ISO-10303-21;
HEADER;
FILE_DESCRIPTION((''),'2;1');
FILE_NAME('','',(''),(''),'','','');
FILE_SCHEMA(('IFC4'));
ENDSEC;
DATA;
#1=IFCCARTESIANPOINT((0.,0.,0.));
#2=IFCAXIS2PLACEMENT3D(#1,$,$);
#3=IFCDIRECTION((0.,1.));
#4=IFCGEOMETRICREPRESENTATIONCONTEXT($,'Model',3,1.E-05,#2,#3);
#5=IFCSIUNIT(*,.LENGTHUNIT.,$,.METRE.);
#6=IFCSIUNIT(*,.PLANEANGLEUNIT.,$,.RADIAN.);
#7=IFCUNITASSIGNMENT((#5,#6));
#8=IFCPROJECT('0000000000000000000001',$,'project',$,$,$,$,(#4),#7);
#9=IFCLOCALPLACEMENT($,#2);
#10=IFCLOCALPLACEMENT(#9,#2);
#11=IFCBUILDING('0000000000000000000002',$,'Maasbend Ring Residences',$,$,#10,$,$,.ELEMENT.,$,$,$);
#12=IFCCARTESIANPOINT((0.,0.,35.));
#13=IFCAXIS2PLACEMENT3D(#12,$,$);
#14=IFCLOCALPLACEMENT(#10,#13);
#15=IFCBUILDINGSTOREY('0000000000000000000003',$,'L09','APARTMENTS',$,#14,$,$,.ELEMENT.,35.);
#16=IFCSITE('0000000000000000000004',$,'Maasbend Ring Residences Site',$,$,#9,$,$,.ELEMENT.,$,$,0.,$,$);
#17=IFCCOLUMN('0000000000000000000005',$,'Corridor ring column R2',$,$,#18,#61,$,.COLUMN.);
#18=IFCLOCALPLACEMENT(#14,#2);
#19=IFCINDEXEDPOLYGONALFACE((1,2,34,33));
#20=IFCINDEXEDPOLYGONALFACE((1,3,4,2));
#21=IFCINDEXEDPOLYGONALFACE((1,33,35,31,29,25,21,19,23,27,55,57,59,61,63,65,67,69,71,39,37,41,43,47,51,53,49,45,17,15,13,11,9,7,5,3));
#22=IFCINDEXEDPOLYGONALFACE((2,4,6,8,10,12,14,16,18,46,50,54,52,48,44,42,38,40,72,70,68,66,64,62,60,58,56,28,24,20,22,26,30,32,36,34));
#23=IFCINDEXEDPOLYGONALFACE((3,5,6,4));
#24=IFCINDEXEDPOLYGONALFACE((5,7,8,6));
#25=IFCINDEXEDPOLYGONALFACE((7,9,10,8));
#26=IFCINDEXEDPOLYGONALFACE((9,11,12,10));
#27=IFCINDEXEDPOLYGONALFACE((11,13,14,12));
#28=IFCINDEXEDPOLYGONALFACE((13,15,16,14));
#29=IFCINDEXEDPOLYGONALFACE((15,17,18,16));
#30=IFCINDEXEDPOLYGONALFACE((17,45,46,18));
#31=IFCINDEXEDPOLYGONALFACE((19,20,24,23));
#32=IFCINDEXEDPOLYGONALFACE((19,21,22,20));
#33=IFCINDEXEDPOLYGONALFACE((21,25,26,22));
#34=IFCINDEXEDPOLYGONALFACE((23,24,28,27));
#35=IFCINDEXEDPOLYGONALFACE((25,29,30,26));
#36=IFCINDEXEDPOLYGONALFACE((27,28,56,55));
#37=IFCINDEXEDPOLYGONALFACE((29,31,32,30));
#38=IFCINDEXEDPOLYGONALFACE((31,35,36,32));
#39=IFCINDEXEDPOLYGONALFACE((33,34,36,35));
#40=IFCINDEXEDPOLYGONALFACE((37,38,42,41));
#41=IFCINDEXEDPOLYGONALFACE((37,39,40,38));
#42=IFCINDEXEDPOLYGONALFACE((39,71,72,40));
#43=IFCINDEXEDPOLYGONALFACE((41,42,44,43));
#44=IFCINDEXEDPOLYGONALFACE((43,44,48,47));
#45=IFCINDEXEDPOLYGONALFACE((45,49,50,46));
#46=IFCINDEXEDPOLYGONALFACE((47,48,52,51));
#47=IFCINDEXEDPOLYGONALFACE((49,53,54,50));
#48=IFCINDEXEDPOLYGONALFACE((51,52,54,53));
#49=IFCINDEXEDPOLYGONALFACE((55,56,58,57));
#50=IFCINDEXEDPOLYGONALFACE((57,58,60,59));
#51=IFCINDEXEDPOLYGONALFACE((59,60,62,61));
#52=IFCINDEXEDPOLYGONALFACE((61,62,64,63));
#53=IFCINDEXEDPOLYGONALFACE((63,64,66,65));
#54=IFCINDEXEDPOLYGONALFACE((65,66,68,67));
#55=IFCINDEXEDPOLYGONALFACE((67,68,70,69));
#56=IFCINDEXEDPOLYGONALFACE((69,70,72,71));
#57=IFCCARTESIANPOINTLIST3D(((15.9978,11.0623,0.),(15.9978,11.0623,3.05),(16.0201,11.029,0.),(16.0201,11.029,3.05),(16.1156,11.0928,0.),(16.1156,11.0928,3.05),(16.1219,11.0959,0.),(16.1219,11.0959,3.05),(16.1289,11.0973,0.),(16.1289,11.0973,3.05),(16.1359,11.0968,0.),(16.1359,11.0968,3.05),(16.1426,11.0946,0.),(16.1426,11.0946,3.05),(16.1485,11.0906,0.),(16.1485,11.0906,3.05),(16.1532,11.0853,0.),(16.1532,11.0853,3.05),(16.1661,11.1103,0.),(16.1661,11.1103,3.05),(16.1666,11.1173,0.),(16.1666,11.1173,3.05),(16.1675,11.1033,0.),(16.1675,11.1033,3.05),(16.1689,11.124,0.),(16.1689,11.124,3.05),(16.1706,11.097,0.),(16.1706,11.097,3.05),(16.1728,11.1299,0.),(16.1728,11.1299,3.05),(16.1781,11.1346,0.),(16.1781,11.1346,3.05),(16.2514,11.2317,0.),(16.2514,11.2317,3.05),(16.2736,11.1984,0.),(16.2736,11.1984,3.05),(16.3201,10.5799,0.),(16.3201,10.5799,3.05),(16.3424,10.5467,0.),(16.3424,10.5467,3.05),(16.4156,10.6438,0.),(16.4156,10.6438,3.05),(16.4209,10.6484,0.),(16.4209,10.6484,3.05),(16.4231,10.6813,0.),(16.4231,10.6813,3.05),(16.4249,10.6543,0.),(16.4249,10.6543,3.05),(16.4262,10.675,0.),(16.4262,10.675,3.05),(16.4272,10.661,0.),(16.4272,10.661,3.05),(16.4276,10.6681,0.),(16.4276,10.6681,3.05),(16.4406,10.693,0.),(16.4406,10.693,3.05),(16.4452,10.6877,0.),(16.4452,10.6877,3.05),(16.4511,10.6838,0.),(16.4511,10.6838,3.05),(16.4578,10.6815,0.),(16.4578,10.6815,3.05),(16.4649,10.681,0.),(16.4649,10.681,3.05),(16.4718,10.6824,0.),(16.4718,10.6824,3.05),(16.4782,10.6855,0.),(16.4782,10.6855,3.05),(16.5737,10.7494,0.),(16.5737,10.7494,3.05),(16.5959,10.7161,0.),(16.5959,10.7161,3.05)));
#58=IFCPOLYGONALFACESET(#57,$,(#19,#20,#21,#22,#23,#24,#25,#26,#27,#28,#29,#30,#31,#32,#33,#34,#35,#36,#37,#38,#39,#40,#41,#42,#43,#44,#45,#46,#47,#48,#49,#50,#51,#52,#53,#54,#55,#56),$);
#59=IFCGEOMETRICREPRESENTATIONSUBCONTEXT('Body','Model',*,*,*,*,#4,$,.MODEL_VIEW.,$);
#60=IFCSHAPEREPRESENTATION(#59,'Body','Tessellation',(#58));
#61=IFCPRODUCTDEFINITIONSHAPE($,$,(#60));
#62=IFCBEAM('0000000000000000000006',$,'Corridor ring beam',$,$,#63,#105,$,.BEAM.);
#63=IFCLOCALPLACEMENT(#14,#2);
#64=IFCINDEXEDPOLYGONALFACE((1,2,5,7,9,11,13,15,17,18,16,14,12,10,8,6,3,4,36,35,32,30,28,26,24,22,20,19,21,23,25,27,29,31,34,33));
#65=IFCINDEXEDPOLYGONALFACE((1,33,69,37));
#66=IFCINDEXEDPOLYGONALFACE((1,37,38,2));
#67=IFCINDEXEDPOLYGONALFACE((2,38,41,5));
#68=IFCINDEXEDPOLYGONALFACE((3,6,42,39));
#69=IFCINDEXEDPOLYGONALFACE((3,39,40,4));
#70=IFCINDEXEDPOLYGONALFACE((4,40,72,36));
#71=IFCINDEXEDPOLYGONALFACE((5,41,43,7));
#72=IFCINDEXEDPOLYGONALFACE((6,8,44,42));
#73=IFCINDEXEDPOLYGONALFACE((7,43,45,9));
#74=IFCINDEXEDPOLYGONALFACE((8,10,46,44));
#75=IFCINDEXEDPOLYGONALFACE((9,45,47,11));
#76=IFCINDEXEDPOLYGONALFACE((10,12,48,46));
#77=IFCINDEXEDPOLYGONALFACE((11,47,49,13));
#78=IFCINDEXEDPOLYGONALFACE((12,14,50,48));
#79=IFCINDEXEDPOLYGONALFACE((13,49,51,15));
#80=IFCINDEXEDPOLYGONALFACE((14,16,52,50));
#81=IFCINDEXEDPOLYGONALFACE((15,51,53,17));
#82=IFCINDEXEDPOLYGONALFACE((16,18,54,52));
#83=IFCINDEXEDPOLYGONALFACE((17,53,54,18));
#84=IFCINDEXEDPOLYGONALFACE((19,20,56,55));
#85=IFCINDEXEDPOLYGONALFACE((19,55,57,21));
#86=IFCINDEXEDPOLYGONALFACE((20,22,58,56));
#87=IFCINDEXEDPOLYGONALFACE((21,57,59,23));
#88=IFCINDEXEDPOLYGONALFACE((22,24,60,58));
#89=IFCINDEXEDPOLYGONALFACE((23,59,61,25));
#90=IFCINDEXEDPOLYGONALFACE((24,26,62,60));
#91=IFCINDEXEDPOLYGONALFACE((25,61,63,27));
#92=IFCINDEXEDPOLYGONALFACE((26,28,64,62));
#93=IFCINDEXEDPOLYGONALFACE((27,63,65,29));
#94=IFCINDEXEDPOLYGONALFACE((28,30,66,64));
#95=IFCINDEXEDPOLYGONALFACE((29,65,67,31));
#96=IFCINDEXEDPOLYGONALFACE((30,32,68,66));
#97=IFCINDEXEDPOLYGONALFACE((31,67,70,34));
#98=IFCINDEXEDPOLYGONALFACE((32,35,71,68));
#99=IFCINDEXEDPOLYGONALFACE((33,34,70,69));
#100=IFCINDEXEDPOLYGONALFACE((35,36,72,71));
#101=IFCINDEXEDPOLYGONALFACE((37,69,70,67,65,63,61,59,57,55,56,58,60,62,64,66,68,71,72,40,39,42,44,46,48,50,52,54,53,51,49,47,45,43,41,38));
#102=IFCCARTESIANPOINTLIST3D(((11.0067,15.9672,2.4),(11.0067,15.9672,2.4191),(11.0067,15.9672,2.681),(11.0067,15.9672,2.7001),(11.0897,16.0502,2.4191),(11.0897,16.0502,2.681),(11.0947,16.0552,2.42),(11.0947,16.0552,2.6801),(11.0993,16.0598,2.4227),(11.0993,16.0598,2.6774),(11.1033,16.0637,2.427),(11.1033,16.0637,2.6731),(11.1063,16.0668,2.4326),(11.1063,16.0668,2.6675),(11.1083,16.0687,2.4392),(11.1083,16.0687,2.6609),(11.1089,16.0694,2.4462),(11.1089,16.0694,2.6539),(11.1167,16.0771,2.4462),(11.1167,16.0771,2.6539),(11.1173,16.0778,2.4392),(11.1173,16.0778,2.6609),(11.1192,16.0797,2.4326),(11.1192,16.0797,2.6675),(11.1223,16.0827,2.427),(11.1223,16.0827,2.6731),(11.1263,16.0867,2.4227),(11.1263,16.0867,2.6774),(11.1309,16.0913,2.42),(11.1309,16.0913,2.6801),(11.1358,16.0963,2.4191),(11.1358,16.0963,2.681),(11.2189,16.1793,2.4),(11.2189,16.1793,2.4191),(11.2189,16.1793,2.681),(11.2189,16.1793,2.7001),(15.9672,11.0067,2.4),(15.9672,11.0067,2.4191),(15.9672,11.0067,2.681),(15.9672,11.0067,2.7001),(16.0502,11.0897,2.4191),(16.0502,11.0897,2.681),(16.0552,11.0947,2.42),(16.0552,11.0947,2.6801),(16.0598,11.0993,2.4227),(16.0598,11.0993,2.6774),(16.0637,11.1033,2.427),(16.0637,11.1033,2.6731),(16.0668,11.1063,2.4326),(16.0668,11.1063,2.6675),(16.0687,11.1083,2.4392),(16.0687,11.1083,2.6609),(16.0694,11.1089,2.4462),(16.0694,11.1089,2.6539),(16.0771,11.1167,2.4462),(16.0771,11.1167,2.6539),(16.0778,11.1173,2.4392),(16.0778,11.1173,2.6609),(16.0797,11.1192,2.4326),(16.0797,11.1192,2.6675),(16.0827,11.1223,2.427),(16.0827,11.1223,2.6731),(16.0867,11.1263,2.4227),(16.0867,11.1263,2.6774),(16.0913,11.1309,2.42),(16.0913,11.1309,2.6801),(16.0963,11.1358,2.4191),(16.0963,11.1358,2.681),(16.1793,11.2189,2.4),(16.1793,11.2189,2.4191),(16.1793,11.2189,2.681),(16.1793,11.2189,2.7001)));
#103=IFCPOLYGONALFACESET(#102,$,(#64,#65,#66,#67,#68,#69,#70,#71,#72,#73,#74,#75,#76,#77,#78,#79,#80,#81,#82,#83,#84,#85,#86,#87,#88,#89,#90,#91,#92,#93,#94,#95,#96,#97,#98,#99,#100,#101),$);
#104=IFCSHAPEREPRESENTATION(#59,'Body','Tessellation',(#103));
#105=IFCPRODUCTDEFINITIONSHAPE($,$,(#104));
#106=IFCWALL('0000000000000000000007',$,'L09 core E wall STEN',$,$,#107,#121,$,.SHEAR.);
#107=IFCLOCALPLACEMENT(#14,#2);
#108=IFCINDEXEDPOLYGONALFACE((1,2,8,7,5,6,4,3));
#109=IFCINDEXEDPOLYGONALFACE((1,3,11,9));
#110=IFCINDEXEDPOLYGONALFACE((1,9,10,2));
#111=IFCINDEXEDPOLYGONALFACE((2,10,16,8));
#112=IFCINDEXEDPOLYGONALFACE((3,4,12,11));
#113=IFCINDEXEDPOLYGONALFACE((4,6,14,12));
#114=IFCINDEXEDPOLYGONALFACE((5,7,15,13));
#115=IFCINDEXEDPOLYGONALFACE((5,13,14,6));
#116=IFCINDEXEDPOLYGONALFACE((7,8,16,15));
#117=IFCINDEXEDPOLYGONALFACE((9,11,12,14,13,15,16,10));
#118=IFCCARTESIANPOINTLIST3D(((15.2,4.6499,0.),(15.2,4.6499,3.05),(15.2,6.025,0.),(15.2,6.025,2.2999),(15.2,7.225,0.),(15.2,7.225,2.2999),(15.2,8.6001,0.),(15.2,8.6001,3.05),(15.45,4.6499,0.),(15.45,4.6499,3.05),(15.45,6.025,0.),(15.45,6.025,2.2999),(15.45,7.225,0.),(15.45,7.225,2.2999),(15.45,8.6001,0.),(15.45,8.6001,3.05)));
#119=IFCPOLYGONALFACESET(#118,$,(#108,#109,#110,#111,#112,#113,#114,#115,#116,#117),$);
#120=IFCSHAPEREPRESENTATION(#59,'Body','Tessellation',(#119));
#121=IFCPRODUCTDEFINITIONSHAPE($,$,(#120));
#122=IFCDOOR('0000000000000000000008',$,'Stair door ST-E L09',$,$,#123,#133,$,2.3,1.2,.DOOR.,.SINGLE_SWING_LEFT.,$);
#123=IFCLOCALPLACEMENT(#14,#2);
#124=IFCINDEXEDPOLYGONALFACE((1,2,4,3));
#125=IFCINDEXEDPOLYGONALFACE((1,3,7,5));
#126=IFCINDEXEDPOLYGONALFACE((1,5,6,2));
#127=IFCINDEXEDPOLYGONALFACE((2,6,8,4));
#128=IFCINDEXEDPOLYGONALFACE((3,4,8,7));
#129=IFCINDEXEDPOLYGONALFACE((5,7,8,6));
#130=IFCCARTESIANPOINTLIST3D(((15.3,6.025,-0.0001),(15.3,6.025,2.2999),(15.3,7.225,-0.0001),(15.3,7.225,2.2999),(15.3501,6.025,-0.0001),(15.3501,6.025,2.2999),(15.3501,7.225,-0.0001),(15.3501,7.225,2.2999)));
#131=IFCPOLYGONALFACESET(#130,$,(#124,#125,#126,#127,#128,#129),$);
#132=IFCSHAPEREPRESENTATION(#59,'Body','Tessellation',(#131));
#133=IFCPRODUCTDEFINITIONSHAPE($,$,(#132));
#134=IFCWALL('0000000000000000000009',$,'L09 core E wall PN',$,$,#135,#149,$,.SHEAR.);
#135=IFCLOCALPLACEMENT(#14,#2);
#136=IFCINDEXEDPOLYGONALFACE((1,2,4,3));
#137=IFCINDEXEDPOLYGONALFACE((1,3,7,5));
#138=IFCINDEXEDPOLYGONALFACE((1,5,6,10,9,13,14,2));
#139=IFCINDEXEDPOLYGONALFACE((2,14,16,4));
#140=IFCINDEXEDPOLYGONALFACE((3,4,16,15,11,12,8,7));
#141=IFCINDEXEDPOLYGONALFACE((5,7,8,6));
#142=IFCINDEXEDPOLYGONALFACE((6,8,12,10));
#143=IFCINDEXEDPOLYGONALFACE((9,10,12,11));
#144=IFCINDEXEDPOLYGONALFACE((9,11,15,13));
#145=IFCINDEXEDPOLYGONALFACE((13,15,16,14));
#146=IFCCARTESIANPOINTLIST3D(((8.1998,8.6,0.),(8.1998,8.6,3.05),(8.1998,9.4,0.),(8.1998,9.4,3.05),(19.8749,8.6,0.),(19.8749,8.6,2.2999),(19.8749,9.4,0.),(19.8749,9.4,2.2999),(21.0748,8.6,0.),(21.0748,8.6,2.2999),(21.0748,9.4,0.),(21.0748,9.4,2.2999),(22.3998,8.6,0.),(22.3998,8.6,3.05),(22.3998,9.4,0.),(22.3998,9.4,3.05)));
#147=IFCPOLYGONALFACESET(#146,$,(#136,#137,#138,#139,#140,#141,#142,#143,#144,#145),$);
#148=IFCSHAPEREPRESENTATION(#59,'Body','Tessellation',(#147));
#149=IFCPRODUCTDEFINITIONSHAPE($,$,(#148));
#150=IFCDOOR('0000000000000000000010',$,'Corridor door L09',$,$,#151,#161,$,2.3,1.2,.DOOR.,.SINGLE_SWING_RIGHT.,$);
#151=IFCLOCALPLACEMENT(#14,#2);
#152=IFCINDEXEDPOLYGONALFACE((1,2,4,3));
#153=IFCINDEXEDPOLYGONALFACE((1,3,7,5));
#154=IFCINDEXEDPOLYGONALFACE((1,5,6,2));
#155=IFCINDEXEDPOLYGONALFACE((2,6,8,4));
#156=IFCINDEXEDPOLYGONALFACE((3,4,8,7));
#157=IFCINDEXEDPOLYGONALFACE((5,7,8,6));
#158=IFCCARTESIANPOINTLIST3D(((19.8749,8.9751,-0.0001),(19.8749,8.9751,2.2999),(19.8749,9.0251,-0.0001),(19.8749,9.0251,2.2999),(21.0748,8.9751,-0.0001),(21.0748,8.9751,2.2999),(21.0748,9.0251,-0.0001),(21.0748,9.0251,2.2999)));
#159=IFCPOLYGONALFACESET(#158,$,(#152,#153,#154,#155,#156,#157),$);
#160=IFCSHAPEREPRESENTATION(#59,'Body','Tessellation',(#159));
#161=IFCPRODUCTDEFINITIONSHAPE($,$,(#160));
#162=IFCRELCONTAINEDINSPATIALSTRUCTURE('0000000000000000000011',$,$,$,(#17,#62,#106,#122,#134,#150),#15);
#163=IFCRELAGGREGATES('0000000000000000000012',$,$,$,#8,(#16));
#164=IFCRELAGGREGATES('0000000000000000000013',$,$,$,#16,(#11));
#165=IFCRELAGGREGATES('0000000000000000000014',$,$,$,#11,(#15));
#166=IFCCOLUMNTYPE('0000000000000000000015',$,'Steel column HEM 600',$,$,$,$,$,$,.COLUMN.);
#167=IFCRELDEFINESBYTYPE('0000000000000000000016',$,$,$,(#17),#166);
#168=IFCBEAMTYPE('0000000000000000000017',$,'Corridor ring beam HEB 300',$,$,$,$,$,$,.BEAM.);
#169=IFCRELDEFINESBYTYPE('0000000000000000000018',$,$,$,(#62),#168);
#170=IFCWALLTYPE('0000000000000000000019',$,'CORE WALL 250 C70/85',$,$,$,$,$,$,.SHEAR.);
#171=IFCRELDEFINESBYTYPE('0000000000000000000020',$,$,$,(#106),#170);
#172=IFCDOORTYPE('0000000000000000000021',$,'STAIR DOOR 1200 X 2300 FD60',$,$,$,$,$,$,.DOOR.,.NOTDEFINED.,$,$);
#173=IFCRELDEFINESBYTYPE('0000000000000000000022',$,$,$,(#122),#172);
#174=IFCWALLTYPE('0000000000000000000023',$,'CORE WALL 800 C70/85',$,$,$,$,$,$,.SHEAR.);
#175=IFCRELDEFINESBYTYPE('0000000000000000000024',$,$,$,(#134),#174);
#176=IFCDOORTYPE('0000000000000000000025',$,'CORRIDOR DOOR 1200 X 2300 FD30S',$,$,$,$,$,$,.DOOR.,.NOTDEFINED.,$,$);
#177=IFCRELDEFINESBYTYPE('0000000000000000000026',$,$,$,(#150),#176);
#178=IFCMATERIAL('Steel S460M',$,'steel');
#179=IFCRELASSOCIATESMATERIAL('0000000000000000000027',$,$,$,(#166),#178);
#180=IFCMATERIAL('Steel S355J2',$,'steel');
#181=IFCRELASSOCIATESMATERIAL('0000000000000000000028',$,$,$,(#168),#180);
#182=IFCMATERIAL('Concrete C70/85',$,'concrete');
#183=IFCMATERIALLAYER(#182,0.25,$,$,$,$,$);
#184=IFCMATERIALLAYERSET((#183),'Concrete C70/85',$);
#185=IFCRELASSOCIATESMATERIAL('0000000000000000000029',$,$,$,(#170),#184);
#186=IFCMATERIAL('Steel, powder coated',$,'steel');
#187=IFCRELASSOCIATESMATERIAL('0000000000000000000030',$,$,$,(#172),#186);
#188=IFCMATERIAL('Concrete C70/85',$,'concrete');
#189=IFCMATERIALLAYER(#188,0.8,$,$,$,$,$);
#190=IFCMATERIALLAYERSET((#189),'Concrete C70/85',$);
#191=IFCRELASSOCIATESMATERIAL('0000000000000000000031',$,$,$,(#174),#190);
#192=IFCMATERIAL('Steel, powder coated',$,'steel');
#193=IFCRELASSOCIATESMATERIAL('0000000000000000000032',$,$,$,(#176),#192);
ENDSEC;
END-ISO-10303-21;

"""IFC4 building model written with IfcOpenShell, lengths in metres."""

from ifc_helpers import new_model, si_unit, direction, frame, frame_2d, origin, origin_2d, place, context, subcontext, project, spatial, rectangle, i_section, extrude, material, layer, layer_set, material_profile, profile_set, type_object, element, fill, save


model = new_model("IFC4")

# Units and contexts
model_context = context("Model", 3, precision=1e-05, world=origin(), true_north=direction((0.0, 1.0)))
body_context = subcontext(model_context, "Body", "Model", "MODEL_VIEW")
ifc_project = project(units=[si_unit("LENGTHUNIT", "METRE"), si_unit("PLANEANGLEUNIT", "RADIAN")], contexts=[model_context])

# Site, building, storey
site_placement = place(None, origin())
site = spatial("IfcSite", under=ifc_project, at=site_placement, Name="Maasbend Ring Residences Site", CompositionType="ELEMENT", RefElevation=0.0)
building_placement = place(site_placement, origin())
building = spatial("IfcBuilding", under=site, at=building_placement, Name="Maasbend Ring Residences", CompositionType="ELEMENT")
storey_placement = place(building_placement, frame((0.0, 0.0, 35.0)))
storey = spatial("IfcBuildingStorey", under=building, at=storey_placement, Name="L09", Description="APARTMENTS", CompositionType="ELEMENT", Elevation=35.0)

# Column
ifc_material_1 = material(Name="Steel S460M", Category="steel")
ifc_material_profile_1 = material_profile(ifc_material_1, i_section(OverallWidth=0.3049, OverallDepth=0.6201, WebThickness=0.021, FlangeThickness=0.04, FilletRadius=0.0271, at=origin_2d()), Name="HEM 600")
ifc_profile_set_1 = profile_set([ifc_material_profile_1], Name="Steel S460M")
column_type = type_object("IfcColumnType", Name="Steel column HEM 600", PredefinedType="COLUMN", material=ifc_profile_set_1)
column_placement = place(storey_placement, frame((16.2969, 10.8892, 0.0), z_axis=(0.0, 0.0, 1.0), x_axis=(0.83147, 0.55557, 0.0)))
element("IfcColumn", 1, at=column_placement, inside=storey, type_object=column_type, Name="Corridor ring column R2", PredefinedType="COLUMN", context=body_context, shape_type="SweptSolid", body=[
    extrude(i_section(OverallWidth=0.3049, OverallDepth=0.6201, WebThickness=0.021, FlangeThickness=0.04, FilletRadius=0.0271, at=origin_2d()), origin(), (0.0, 0.0, 1.0), 3.05),
])

# Beam
ifc_material_2 = material(Name="Steel S355J2", Category="steel")
ifc_material_profile_2 = material_profile(ifc_material_2, i_section(OverallWidth=0.3, OverallDepth=0.3, WebThickness=0.011, FlangeThickness=0.019, FilletRadius=0.0271, at=origin_2d()), Name="HEB 300")
ifc_profile_set_2 = profile_set([ifc_material_profile_2], Name="Steel S355J2")
beam_type = type_object("IfcBeamType", Name="Corridor ring beam HEB 300", PredefinedType="BEAM", material=ifc_profile_set_2)
beam_placement = place(storey_placement, frame((16.0732, 11.1128, 2.55), z_axis=(-0.707107, 0.707107, 0.0), x_axis=(-0.707107, -0.707107, 0.0)))
element("IfcBeam", 2, at=beam_placement, inside=storey, type_object=beam_type, Name="Corridor ring beam", PredefinedType="BEAM", context=body_context, shape_type="SweptSolid", body=[
    extrude(i_section(OverallWidth=0.3, OverallDepth=0.3, WebThickness=0.011, FlangeThickness=0.019, FilletRadius=0.0271, at=origin_2d()), origin(), (0.0, 0.0, 1.0), 7.0151),
])

# Walls, openings, doors
ifc_material_3 = material(Name="Concrete C70/85", Category="concrete")
ifc_layer_1 = layer(ifc_material_3, 0.25)
ifc_layer_set_1 = layer_set([ifc_layer_1], Name="Concrete C70/85")
wall_type_1 = type_object("IfcWallType", Name="CORE WALL 250 C70/85", PredefinedType="SHEAR", material=ifc_layer_set_1)
wall_1_placement = place(storey_placement, frame((15.325, 4.6499, 0.0), z_axis=(0.0, 0.0, 1.0), x_axis=(0.0, 1.0, 0.0)))
wall_1 = element("IfcWall", 3, at=wall_1_placement, inside=storey, type_object=wall_type_1, Name="L09 core E wall STEN", PredefinedType="SHEAR", context=body_context, shape_type="SweptSolid", body=[
    extrude(rectangle(XDim=3.9502, YDim=0.25, at=frame_2d((1.9751, 0.0))), origin(), (0.0, 0.0, 1.0), 3.05),
])
opening_1_placement = place(wall_1_placement, frame((1.375, 0.0, 0.0)))
opening_1 = element("IfcOpeningElement", 4, at=opening_1_placement, cuts=wall_1, PredefinedType="OPENING", context=body_context, shape_type="SweptSolid", body=[
    extrude(rectangle(XDim=1.2, YDim=2.3, at=frame_2d((0.6001, 1.1499))), frame((0.0, 0.135, 0.0), z_axis=(0.0, -1.0, 0.0), x_axis=(1.0, 0.0, 0.0)), (0.0, 0.0, 1.0), 0.27),
])
ifc_material_4 = material(Name="Steel, powder coated", Category="steel")
door_type_1 = type_object("IfcDoorType", Name="STAIR DOOR 1200 X 2300 FD60", OperationType="NOTDEFINED", PredefinedType="DOOR", material=ifc_material_4)
door_1_placement = place(opening_1_placement, origin())
door_1 = element("IfcDoor", 5, at=door_1_placement, inside=storey, type_object=door_type_1, Name="Stair door ST-E L09", OperationType="SINGLE_SWING_LEFT", OverallHeight=2.3, OverallWidth=1.2, PredefinedType="DOOR", context=body_context, shape_type="SweptSolid", body=[
    extrude(rectangle(XDim=1.2, YDim=2.3, at=frame_2d((0.6001, 1.1499))), frame((0.0, 0.0249, 0.0), z_axis=(0.0, -1.0, 0.0), x_axis=(1.0, 0.0, 0.0)), (0.0, 0.0, 1.0), 0.05),
])
fill(opening_1, door_1)
ifc_material_5 = material(Name="Concrete C70/85", Category="concrete")
ifc_layer_2 = layer(ifc_material_5, 0.8)
ifc_layer_set_2 = layer_set([ifc_layer_2], Name="Concrete C70/85")
wall_type_2 = type_object("IfcWallType", Name="CORE WALL 800 C70/85", PredefinedType="SHEAR", material=ifc_layer_set_2)
wall_2_placement = place(storey_placement, frame((22.3999, 9.0, 0.0), z_axis=(0.0, 0.0, 1.0), x_axis=(-1.0, 0.0, 0.0)))
wall_2 = element("IfcWall", 6, at=wall_2_placement, inside=storey, type_object=wall_type_2, Name="L09 core E wall PN", PredefinedType="SHEAR", context=body_context, shape_type="SweptSolid", body=[
    extrude(rectangle(XDim=14.2, YDim=0.8, at=frame_2d((7.1001, 0.0))), origin(), (0.0, 0.0, 1.0), 3.05),
])
opening_2_placement = place(wall_2_placement, frame((1.325, 0.0, 0.0)))
opening_2 = element("IfcOpeningElement", 7, at=opening_2_placement, cuts=wall_2, PredefinedType="OPENING", context=body_context, shape_type="SweptSolid", body=[
    extrude(rectangle(XDim=1.2, YDim=2.3, at=frame_2d((0.6001, 1.1499))), frame((0.0, 0.4102, 0.0), z_axis=(0.0, -1.0, 0.0), x_axis=(1.0, 0.0, 0.0)), (0.0, 0.0, 1.0), 0.8201),
])
ifc_material_6 = material(Name="Steel, powder coated", Category="steel")
door_type_2 = type_object("IfcDoorType", Name="CORRIDOR DOOR 1200 X 2300 FD30S", OperationType="NOTDEFINED", PredefinedType="DOOR", material=ifc_material_6)
door_2_placement = place(opening_2_placement, origin())
door_2 = element("IfcDoor", 8, at=door_2_placement, inside=storey, type_object=door_type_2, Name="Corridor door L09", OperationType="SINGLE_SWING_RIGHT", OverallHeight=2.3, OverallWidth=1.2, PredefinedType="DOOR", context=body_context, shape_type="SweptSolid", body=[
    extrude(rectangle(XDim=1.2, YDim=2.3, at=frame_2d((0.6001, 1.1499))), frame((0.0, 0.0249, 0.0), z_axis=(0.0, -1.0, 0.0), x_axis=(1.0, 0.0, 0.0)), (0.0, 0.0, 1.0), 0.05),
])
fill(opening_2, door_2)

save(model, "model.ifc")
